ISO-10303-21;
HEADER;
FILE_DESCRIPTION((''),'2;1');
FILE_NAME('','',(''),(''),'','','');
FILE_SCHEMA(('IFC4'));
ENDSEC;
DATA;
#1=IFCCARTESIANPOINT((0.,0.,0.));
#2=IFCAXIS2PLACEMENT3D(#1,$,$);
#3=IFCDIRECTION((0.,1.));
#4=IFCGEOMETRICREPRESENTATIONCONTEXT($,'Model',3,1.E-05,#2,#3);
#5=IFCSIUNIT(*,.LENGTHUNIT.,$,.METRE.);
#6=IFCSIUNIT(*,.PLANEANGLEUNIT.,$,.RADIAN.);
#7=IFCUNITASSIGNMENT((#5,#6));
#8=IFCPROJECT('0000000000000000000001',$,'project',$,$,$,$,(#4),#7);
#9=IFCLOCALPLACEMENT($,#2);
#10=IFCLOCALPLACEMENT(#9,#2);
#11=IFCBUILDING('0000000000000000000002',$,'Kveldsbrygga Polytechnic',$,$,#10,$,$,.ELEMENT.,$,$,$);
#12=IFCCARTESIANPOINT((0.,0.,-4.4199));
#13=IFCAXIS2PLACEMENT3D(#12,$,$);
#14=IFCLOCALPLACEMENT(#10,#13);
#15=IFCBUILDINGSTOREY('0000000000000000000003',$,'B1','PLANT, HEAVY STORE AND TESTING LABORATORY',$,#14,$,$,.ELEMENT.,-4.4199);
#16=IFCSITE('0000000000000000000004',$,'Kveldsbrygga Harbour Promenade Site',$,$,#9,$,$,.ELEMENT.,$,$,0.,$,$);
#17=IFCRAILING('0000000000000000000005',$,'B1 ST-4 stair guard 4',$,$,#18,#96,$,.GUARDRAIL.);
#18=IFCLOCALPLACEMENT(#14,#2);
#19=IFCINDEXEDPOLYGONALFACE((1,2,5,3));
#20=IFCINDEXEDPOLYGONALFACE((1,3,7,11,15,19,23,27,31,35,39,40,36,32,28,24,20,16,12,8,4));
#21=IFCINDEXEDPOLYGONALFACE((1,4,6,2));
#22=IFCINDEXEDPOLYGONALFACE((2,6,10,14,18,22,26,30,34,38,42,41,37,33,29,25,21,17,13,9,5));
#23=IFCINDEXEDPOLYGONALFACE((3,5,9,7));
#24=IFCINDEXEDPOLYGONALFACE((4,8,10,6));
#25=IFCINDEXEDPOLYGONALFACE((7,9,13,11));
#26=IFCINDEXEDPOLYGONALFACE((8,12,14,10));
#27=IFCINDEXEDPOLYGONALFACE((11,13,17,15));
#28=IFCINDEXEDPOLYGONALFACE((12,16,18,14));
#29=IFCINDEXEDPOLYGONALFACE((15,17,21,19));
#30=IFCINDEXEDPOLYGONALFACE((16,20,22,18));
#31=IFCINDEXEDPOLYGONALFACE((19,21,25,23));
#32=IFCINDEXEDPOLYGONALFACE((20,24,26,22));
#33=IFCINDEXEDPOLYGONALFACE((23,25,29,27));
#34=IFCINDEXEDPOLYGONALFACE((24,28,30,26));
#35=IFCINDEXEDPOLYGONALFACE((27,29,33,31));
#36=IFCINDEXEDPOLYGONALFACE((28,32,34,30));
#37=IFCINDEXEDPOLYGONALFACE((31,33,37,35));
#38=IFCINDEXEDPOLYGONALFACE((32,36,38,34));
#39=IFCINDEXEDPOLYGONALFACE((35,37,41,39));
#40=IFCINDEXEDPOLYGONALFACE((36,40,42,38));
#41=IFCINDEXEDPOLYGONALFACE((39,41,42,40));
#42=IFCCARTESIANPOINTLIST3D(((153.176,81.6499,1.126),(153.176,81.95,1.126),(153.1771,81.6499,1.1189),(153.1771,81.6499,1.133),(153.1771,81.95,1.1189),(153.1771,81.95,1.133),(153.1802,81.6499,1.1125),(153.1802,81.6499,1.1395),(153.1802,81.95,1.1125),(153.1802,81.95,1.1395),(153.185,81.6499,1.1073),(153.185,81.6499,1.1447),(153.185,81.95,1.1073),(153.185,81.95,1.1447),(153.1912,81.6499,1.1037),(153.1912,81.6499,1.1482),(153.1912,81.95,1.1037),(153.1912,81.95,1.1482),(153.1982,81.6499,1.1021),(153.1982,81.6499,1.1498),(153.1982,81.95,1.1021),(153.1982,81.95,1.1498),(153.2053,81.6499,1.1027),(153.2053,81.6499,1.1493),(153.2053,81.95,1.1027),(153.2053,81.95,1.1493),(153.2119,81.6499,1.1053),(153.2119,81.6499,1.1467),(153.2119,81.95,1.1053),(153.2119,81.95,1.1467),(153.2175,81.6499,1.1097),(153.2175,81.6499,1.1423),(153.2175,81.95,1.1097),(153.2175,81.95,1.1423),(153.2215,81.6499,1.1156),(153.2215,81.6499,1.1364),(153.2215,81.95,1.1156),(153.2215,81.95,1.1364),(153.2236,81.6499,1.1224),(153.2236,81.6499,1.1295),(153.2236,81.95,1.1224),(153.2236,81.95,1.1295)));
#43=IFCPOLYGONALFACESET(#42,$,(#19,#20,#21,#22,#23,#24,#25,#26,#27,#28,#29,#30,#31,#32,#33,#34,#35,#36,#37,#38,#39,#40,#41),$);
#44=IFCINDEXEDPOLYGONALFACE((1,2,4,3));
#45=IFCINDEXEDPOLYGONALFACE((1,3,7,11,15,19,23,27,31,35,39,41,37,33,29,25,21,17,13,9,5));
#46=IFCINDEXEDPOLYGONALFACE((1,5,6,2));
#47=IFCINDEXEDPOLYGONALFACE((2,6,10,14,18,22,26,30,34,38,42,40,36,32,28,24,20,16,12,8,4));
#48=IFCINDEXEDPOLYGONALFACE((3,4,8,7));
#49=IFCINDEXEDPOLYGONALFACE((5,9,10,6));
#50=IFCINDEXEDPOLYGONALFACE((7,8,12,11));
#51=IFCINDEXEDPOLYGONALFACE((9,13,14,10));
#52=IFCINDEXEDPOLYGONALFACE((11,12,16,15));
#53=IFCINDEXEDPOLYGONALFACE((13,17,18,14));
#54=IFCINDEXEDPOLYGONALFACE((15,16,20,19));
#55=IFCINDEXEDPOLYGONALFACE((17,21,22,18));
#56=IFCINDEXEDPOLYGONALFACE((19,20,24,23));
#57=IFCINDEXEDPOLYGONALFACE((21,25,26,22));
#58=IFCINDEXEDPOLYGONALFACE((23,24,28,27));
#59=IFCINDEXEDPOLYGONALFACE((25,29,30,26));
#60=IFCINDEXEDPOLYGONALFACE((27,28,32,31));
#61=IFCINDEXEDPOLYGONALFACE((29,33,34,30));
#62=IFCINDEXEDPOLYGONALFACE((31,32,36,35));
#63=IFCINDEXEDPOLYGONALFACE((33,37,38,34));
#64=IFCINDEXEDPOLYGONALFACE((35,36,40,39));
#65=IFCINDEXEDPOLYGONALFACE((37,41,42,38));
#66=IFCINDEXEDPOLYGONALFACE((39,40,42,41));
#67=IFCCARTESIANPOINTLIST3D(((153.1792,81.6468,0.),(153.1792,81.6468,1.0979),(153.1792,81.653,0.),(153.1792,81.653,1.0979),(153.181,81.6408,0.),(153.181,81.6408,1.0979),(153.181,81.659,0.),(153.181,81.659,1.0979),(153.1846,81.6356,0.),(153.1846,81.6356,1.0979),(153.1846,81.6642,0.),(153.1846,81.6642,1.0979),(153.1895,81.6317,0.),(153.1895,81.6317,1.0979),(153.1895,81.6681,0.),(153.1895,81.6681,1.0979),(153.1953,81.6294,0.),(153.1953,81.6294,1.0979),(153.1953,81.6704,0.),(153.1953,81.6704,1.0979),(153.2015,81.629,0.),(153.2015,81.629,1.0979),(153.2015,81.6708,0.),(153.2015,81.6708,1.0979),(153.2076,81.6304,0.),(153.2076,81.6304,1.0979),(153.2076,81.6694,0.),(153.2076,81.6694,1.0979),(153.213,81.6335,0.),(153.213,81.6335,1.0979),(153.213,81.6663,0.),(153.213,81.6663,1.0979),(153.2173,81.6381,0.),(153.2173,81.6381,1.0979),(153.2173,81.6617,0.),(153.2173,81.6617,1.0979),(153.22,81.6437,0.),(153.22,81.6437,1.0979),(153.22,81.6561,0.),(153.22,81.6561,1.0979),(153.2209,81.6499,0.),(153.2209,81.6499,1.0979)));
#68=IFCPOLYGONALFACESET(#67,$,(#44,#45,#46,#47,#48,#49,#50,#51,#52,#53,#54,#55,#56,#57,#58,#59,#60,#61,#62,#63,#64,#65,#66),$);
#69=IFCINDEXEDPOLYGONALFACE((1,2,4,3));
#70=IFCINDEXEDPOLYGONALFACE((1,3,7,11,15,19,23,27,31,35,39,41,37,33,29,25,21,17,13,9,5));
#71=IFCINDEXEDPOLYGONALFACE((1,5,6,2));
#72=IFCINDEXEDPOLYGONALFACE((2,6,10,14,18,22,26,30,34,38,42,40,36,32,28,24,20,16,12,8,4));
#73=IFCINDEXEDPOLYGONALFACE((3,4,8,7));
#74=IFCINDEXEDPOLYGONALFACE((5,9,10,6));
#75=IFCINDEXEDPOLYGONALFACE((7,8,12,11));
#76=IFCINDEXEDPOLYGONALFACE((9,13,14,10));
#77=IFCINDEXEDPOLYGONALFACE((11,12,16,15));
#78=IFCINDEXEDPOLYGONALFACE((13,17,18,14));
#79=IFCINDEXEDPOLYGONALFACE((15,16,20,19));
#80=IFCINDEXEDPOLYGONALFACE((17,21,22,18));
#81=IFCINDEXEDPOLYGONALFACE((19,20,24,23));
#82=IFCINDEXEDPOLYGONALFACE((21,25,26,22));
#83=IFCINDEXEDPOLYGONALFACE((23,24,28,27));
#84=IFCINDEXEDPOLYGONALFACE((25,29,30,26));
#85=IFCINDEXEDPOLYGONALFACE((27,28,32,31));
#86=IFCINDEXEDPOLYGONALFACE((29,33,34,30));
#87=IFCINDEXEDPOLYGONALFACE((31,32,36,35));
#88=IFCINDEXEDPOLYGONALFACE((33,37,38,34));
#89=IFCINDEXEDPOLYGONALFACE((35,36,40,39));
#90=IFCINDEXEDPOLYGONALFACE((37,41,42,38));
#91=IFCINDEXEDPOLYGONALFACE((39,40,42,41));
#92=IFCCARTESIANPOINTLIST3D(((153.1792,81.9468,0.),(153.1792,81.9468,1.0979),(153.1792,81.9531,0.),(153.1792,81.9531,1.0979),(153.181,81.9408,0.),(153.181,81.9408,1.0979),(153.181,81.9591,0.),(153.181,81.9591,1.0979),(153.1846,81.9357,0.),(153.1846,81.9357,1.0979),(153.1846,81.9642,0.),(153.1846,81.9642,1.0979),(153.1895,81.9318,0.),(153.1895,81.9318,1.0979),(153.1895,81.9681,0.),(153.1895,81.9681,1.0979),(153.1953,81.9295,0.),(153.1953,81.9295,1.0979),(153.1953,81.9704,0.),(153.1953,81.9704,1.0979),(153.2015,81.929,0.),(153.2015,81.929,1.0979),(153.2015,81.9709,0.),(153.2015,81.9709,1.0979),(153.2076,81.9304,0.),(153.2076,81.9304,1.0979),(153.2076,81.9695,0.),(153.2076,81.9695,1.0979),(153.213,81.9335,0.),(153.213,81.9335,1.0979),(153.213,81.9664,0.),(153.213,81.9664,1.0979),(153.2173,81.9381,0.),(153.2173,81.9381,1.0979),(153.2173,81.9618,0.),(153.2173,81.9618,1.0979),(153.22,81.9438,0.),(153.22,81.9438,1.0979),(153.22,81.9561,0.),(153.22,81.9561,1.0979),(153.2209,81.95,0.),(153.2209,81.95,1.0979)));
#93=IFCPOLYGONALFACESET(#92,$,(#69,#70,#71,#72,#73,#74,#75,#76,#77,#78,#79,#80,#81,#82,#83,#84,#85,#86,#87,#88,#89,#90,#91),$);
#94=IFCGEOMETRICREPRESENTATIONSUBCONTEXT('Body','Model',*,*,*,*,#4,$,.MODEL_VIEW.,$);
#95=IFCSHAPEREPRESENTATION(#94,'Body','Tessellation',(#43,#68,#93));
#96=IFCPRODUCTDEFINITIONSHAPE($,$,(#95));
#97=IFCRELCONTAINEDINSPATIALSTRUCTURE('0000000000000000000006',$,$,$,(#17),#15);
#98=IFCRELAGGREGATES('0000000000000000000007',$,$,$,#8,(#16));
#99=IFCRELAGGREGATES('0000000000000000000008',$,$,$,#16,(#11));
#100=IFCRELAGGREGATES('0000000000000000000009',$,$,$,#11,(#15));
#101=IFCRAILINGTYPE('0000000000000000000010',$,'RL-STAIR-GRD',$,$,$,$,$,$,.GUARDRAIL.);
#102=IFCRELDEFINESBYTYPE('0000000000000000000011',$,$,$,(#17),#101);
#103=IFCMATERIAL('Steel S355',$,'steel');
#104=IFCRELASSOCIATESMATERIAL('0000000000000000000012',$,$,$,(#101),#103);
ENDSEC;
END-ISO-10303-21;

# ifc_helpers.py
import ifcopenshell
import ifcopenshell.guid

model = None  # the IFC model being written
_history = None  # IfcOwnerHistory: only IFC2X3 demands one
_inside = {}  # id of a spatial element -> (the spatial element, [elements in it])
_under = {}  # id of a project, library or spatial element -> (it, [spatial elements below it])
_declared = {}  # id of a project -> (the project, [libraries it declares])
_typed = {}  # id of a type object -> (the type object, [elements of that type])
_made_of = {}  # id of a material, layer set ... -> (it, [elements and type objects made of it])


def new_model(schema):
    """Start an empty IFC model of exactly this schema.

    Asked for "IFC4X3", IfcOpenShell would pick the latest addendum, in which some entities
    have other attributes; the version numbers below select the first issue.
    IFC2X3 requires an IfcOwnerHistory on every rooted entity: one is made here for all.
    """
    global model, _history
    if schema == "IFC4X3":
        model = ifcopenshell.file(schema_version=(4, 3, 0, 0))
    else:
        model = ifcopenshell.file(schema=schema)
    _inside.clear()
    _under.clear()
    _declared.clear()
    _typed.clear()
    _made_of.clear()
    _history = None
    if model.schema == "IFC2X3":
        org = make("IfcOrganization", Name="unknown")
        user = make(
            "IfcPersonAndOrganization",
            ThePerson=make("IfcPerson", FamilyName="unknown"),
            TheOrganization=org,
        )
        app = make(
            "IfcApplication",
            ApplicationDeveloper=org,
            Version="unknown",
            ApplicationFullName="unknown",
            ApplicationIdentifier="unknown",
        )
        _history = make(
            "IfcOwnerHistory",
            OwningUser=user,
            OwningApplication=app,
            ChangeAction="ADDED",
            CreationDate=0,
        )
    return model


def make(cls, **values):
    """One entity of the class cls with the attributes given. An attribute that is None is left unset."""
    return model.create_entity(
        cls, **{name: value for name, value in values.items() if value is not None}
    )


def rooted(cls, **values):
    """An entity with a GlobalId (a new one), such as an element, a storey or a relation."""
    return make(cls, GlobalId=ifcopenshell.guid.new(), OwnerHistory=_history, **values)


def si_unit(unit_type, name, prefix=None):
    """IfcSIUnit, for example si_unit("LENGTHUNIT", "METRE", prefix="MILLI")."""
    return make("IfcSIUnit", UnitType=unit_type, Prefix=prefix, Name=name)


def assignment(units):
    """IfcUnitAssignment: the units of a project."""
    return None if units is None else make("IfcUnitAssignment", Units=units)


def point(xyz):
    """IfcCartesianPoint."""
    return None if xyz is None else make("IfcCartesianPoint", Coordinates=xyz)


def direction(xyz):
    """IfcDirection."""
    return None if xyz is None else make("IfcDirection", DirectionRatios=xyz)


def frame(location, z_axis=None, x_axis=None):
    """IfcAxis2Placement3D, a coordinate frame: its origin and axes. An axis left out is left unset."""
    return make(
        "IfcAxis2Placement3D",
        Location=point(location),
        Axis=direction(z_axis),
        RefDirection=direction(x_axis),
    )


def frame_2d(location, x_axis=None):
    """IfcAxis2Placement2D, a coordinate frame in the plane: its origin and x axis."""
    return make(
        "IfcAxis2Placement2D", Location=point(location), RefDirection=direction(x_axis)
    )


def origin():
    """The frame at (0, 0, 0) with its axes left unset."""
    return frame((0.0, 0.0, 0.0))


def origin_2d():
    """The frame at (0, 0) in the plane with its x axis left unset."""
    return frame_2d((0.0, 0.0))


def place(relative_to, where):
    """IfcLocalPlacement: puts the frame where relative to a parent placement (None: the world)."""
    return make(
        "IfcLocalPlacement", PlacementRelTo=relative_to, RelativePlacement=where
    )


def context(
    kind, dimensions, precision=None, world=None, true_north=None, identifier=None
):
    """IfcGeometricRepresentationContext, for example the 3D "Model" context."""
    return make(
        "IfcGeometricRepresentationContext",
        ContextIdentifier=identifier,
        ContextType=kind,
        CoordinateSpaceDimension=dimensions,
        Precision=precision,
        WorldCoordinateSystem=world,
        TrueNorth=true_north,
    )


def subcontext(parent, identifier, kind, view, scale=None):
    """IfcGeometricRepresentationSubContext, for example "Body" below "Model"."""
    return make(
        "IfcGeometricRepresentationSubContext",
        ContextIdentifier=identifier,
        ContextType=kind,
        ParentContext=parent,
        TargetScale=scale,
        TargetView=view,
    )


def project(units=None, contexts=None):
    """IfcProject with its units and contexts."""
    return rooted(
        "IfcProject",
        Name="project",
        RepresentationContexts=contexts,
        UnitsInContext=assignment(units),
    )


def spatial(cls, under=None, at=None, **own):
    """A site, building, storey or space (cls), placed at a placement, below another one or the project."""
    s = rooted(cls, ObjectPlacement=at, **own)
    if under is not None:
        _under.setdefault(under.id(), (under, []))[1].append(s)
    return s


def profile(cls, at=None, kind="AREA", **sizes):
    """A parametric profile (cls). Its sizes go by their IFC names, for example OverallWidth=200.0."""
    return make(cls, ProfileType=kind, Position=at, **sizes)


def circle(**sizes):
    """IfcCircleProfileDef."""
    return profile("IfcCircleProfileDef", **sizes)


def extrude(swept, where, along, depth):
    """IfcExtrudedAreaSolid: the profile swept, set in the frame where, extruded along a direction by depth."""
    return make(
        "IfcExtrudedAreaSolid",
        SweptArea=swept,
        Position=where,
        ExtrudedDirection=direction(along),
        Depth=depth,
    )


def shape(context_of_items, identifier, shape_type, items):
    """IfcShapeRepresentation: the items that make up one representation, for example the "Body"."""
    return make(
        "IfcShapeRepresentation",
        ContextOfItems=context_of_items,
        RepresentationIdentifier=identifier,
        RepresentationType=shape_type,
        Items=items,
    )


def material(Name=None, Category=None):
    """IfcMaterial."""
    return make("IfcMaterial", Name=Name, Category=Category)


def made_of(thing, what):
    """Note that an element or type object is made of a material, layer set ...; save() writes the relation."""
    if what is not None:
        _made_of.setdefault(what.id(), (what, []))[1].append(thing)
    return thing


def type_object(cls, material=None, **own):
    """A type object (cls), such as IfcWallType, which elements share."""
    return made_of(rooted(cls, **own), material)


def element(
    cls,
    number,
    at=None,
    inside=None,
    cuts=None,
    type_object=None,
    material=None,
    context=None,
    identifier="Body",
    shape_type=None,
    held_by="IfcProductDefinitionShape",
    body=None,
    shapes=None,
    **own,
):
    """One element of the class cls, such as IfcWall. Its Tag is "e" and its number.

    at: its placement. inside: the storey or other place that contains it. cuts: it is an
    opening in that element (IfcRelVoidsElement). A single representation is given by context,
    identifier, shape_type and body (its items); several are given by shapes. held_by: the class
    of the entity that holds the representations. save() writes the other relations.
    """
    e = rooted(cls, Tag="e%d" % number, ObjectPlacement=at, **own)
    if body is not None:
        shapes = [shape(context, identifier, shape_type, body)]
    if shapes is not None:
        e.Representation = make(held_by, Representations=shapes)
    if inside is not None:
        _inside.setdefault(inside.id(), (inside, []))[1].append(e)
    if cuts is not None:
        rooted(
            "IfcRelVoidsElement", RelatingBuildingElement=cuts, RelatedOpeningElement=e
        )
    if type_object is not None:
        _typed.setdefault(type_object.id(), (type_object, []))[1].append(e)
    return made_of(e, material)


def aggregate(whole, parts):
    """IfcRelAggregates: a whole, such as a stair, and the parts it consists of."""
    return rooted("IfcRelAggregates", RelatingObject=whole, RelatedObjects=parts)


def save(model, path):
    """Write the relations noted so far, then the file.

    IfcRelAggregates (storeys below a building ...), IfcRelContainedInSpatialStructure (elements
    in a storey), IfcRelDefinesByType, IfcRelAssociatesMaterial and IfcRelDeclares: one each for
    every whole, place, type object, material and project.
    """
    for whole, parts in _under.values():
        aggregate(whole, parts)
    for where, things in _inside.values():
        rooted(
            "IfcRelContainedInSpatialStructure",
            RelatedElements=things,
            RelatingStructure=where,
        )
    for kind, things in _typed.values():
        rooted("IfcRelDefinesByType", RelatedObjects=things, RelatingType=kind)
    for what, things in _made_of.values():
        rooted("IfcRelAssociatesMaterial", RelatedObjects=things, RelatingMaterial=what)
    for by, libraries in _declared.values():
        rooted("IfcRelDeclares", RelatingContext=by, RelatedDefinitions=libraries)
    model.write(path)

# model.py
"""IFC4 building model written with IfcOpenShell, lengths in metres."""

from ifc_helpers import new_model, si_unit, direction, frame, origin, origin_2d, place, context, subcontext, project, spatial, circle, extrude, material, type_object, element, save


model = new_model("IFC4")

# Units and contexts
model_context = context("Model", 3, precision=1e-05, world=origin(), true_north=direction((0.0, 1.0)))
body_context = subcontext(model_context, "Body", "Model", "MODEL_VIEW")
ifc_project = project(units=[si_unit("LENGTHUNIT", "METRE"), si_unit("PLANEANGLEUNIT", "RADIAN")], contexts=[model_context])

# Site, building, storey
site_placement = place(None, origin())
site = spatial("IfcSite", under=ifc_project, at=site_placement, Name="Kveldsbrygga Harbour Promenade Site", CompositionType="ELEMENT", RefElevation=0.0)
building_placement = place(site_placement, origin())
building = spatial("IfcBuilding", under=site, at=building_placement, Name="Kveldsbrygga Polytechnic", CompositionType="ELEMENT")
storey_placement = place(building_placement, frame((0.0, 0.0, -4.4199)))
storey = spatial("IfcBuildingStorey", under=building, at=storey_placement, Name="B1", Description="PLANT, HEAVY STORE AND TESTING LABORATORY", CompositionType="ELEMENT", Elevation=-4.4199)

# Railing
ifc_material_1 = material(Name="Steel S355", Category="steel")
railing_type_1 = type_object("IfcRailingType", Name="RL-STAIR-GRD", PredefinedType="GUARDRAIL", material=ifc_material_1)
railing_1_placement = place(storey_placement, frame((153.2, 81.6499, 0.0)))
element("IfcRailing", 1, at=railing_1_placement, inside=storey, type_object=railing_type_1, Name="B1 ST-4 stair guard 4", PredefinedType="GUARDRAIL", context=body_context, shape_type="SweptSolid", body=[
    extrude(circle(Radius=0.0239, at=origin_2d()), frame((0.0, 0.0, 1.126), z_axis=(0.0, 1.0, 0.0), x_axis=(-1.0, 0.0, 0.0)), (0.0, 0.0, 1.0), 0.3),
    extrude(circle(Radius=0.021, at=origin_2d()), origin(), (0.0, 0.0, 1.0), 1.0979),
    extrude(circle(Radius=0.021, at=origin_2d()), frame((0.0, 0.3, 0.0)), (0.0, 0.0, 1.0), 1.0979),
])

save(model, "model.ifc")
